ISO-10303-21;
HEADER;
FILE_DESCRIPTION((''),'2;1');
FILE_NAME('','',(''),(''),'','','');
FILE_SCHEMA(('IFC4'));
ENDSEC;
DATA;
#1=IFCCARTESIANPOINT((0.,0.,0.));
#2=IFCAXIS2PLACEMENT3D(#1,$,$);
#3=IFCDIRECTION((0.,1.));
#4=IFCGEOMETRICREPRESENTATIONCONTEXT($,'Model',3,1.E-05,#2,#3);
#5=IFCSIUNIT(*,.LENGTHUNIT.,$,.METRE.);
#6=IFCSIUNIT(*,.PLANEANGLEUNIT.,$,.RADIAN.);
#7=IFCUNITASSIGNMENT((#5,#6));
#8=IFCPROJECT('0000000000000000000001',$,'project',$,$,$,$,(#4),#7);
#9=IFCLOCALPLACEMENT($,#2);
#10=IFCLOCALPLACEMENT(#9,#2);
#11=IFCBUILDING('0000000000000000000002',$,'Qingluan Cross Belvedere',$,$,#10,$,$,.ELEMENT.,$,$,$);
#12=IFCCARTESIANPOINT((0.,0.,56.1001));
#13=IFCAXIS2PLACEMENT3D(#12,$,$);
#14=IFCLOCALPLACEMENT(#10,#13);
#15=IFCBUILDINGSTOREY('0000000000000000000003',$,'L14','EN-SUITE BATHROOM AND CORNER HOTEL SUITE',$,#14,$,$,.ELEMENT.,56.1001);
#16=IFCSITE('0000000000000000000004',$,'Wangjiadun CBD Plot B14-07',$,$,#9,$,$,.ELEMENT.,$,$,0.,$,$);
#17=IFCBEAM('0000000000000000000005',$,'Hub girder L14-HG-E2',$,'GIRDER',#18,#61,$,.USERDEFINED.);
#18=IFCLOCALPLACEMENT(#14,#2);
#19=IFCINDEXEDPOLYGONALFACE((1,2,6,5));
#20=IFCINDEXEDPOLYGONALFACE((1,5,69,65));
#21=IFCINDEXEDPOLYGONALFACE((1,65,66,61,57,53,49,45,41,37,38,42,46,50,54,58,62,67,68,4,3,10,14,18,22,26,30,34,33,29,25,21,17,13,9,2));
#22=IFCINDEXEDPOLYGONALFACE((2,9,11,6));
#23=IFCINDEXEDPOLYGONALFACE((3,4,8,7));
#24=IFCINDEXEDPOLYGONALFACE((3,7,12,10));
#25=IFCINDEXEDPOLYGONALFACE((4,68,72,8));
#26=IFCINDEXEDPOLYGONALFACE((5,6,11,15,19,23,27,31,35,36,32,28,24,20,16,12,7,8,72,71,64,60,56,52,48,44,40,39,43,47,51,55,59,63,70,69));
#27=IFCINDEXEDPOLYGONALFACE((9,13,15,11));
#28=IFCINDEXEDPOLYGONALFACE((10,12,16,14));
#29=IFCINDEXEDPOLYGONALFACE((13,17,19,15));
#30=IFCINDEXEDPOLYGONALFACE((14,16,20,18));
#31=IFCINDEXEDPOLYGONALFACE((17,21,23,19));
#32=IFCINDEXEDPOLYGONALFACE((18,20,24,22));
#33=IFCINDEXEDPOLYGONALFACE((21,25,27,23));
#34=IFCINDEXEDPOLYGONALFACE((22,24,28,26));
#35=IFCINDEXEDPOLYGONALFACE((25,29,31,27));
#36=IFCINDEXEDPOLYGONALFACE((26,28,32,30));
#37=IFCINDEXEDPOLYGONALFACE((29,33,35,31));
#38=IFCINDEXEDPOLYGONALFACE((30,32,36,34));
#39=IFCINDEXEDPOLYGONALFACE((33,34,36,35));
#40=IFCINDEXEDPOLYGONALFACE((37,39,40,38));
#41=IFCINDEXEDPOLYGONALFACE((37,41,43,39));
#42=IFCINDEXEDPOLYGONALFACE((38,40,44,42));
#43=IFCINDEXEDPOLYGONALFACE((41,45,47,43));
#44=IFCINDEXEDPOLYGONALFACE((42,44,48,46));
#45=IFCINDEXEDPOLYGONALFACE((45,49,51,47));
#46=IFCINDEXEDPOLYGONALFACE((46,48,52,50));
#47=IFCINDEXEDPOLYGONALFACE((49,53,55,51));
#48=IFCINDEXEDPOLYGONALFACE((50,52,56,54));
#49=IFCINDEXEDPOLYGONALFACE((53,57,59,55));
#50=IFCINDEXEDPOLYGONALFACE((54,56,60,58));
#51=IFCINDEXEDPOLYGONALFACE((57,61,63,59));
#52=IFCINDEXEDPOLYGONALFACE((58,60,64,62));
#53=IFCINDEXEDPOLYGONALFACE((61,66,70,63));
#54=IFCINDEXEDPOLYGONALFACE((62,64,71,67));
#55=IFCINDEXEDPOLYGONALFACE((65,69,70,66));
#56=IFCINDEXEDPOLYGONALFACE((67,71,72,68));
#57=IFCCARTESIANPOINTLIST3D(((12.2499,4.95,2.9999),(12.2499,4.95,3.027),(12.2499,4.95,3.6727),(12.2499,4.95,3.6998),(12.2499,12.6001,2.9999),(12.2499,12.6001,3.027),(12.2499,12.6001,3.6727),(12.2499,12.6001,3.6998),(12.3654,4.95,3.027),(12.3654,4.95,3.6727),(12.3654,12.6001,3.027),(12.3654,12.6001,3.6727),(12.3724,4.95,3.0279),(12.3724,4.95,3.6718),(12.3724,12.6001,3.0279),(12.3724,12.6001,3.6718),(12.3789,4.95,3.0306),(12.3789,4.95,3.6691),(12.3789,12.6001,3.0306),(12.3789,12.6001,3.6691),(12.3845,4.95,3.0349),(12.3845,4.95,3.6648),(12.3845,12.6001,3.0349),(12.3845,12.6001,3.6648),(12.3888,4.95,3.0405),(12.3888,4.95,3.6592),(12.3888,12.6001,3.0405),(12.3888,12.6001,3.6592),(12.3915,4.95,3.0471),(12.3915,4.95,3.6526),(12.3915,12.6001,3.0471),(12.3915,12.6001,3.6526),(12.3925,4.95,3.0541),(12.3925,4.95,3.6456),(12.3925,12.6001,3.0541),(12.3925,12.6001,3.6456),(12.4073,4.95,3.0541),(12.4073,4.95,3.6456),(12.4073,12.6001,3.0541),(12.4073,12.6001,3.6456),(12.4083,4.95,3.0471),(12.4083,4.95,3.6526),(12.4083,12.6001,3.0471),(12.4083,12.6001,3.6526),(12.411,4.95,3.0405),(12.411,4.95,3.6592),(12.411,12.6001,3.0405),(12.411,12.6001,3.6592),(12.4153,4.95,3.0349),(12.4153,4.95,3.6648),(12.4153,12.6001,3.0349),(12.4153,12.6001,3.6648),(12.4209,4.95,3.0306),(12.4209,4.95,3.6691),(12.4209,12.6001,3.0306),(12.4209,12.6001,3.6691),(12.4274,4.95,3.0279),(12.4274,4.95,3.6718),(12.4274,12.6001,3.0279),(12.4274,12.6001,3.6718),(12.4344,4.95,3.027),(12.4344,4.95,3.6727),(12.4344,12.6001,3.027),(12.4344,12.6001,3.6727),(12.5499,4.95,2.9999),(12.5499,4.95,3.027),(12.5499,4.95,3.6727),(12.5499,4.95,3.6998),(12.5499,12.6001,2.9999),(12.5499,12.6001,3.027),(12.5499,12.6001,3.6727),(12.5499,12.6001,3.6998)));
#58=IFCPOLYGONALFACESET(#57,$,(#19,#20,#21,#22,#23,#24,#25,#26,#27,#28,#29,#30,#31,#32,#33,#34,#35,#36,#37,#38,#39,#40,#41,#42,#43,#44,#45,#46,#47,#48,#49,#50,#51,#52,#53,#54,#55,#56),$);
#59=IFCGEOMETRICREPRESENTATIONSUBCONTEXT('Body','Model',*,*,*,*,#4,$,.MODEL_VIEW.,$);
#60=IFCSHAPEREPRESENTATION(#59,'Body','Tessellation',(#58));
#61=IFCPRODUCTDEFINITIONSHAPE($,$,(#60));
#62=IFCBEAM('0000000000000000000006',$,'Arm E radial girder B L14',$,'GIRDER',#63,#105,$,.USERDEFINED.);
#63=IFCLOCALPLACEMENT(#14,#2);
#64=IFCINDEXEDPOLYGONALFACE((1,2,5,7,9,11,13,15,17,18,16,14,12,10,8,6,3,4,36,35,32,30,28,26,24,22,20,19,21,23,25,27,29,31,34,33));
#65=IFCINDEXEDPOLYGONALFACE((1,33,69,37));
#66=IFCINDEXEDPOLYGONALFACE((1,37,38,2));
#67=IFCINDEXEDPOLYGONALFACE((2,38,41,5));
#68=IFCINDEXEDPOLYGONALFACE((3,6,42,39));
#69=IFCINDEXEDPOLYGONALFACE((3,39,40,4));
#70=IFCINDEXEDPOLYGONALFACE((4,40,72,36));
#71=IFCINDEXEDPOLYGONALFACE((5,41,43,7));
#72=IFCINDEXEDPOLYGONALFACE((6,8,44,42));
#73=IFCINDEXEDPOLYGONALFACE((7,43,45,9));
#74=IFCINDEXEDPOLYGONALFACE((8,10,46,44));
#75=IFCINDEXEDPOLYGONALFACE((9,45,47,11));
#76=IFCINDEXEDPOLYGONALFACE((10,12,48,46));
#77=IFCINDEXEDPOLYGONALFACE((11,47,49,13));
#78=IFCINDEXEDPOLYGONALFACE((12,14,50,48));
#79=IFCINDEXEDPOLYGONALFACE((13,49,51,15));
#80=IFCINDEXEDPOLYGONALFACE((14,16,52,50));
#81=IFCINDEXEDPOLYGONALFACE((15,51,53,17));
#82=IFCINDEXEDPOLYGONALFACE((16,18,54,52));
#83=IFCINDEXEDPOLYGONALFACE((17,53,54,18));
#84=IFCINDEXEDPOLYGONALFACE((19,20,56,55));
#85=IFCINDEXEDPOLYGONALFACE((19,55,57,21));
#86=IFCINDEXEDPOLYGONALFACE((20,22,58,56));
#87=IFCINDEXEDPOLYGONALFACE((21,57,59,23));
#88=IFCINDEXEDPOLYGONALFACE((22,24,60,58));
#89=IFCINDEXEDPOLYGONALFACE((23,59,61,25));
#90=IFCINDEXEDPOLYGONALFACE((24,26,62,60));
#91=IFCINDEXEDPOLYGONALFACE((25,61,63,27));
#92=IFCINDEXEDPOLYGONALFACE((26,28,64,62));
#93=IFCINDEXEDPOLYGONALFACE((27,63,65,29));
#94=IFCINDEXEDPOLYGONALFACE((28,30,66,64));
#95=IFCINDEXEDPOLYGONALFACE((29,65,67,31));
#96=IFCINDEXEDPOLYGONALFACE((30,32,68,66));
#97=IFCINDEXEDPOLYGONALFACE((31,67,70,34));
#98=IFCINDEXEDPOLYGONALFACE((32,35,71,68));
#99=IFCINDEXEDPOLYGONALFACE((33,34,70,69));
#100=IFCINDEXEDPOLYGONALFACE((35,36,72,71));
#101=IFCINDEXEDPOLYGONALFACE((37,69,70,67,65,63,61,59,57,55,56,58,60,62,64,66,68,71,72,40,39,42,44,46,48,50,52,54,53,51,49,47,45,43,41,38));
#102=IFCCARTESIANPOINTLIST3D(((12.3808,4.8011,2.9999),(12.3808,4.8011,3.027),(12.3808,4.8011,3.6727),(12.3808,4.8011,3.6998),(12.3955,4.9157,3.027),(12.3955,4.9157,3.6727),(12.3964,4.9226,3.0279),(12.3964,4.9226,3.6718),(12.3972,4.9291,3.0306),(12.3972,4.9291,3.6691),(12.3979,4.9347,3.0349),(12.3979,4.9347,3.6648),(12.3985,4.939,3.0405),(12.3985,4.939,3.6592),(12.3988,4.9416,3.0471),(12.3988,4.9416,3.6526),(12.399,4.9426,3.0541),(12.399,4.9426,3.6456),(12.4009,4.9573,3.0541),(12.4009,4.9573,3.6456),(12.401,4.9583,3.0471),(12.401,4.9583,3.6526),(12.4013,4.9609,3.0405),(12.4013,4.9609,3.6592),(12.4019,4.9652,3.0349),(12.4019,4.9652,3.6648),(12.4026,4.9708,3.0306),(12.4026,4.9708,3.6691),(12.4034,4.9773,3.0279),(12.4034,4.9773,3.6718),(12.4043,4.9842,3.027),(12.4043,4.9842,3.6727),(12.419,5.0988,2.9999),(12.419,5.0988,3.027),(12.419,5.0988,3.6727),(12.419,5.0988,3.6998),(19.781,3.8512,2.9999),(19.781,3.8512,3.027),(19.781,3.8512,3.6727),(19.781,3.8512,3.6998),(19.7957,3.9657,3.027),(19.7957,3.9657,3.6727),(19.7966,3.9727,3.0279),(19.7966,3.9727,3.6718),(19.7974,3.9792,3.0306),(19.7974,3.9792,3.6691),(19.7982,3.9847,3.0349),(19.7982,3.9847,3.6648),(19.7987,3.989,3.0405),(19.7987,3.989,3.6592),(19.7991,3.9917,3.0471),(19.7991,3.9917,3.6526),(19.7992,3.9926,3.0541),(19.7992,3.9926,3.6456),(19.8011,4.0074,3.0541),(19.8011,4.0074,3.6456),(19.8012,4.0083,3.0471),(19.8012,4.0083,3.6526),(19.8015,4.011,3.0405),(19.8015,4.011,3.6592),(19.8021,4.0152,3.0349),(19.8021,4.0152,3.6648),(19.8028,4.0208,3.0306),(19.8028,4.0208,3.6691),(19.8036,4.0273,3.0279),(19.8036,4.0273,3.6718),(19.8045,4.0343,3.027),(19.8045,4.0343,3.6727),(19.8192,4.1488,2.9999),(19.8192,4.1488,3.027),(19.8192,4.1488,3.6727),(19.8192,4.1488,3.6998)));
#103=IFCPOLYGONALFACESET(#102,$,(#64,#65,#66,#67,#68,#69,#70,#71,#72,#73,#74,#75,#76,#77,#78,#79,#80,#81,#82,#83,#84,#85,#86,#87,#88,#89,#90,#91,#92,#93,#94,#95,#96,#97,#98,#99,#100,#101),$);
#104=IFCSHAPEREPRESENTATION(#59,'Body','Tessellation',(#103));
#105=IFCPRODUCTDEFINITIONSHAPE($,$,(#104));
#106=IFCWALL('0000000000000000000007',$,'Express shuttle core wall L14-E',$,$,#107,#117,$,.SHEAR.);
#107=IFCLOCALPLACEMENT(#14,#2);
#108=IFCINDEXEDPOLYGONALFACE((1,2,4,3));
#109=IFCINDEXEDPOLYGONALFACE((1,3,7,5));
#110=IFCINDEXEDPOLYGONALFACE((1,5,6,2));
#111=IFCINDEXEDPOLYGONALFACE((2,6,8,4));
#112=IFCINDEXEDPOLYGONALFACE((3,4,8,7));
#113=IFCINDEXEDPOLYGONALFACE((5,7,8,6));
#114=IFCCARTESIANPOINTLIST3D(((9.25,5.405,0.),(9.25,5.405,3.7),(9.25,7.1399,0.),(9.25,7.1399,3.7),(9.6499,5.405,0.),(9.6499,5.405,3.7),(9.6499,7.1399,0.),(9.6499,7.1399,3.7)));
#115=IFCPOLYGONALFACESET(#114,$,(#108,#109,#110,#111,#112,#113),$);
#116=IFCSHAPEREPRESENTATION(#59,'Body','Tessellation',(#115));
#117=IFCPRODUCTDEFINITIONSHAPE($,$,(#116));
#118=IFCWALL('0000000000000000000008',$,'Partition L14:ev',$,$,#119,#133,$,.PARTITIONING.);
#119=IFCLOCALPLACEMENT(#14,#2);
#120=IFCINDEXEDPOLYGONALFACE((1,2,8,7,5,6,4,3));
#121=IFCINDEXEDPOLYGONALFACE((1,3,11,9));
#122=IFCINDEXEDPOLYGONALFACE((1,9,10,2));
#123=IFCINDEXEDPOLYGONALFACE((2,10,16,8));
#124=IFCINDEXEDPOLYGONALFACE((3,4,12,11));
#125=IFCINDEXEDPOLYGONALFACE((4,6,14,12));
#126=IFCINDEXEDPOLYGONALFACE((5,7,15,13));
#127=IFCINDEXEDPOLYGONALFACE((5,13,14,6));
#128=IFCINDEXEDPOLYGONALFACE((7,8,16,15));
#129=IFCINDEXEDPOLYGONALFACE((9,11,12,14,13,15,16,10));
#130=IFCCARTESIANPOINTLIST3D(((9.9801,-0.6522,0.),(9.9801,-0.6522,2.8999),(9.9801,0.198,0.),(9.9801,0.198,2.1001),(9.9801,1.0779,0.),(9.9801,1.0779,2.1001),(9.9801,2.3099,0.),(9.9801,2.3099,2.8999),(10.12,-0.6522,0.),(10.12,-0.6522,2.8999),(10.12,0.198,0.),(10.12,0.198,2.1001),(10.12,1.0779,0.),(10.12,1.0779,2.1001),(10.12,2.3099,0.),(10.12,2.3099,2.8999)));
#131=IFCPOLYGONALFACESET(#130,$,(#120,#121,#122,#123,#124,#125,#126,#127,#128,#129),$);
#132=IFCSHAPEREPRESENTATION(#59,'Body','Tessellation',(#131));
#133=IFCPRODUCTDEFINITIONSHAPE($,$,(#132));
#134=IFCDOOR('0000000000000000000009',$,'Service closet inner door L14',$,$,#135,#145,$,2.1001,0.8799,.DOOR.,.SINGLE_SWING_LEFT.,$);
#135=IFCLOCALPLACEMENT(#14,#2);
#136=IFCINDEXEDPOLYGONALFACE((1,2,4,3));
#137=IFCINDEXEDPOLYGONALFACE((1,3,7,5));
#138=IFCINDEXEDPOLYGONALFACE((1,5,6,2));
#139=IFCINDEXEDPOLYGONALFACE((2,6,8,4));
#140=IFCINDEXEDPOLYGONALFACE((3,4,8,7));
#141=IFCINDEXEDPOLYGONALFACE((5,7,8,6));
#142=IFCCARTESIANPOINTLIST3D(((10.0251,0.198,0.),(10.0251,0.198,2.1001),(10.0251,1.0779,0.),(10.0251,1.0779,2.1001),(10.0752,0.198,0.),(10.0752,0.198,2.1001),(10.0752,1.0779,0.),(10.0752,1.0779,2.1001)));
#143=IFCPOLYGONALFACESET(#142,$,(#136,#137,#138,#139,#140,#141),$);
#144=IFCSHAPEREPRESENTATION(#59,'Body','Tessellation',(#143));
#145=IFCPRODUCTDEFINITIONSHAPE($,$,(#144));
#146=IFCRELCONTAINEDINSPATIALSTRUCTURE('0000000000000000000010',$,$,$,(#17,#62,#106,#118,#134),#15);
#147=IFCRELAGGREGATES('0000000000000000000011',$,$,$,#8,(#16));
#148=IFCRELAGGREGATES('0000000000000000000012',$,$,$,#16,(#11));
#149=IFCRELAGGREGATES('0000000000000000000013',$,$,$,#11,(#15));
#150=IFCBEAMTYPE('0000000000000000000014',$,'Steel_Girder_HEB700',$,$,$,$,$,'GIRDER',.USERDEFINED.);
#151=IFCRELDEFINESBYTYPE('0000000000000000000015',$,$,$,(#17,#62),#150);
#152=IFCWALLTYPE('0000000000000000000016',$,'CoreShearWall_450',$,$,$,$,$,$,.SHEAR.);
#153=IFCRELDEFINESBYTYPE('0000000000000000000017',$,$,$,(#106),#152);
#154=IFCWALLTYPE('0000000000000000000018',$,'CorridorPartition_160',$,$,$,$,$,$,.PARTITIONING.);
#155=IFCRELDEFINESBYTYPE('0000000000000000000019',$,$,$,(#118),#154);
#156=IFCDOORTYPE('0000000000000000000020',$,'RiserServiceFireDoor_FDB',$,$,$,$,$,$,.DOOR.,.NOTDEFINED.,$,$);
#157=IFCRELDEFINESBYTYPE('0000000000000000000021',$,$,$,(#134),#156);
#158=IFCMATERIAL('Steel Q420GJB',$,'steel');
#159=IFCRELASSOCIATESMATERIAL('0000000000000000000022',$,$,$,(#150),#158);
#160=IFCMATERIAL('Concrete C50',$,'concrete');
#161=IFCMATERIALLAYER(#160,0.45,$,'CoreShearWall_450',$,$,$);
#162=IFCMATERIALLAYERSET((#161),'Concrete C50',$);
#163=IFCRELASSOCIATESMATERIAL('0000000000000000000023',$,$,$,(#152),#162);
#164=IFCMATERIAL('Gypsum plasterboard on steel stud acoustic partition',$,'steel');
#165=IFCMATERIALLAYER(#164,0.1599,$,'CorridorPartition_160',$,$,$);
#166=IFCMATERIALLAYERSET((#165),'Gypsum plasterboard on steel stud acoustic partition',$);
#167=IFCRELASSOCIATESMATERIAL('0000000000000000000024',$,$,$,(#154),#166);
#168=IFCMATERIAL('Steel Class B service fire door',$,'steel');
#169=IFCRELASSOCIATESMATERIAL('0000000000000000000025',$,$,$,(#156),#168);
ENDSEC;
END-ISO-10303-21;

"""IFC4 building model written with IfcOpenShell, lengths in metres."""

from ifc_helpers import new_model, si_unit, direction, frame, frame_2d, origin, origin_2d, place, context, subcontext, project, spatial, rectangle, i_section, extrude, material, layer, layer_set, material_profile, profile_set, type_object, element, fill, save


model = new_model("IFC4")

# Units and contexts
model_context = context("Model", 3, precision=1e-05, world=origin(), true_north=direction((0.0, 1.0)))
body_context = subcontext(model_context, "Body", "Model", "MODEL_VIEW")
ifc_project = project(units=[si_unit("LENGTHUNIT", "METRE"), si_unit("PLANEANGLEUNIT", "RADIAN")], contexts=[model_context])

# Site, building, storey
site_placement = place(None, origin())
site = spatial("IfcSite", under=ifc_project, at=site_placement, Name="Wangjiadun CBD Plot B14-07", CompositionType="ELEMENT", RefElevation=0.0)
building_placement = place(site_placement, origin())
building = spatial("IfcBuilding", under=site, at=building_placement, Name="Qingluan Cross Belvedere", CompositionType="ELEMENT")
storey_placement = place(building_placement, frame((0.0, 0.0, 56.1001)))
storey = spatial("IfcBuildingStorey", under=building, at=storey_placement, Name="L14", Description="EN-SUITE BATHROOM AND CORNER HOTEL SUITE", CompositionType="ELEMENT", Elevation=56.1001)

# Beams
ifc_material_1 = material(Name="Steel Q420GJB", Category="steel")
ifc_material_profile = material_profile(ifc_material_1, i_section(OverallWidth=0.3, OverallDepth=0.7, WebThickness=0.0149, FlangeThickness=0.0271, FilletRadius=0.0271, at=origin_2d()), Name="HEB700")
ifc_profile_set = profile_set([ifc_material_profile], Name="Steel Q420GJB")
beam_type = type_object("IfcBeamType", Name="Steel_Girder_HEB700", ElementType="GIRDER", PredefinedType="USERDEFINED", material=ifc_profile_set)
beam_1_placement = place(storey_placement, frame((12.3999, 4.95, 3.3499), z_axis=(0.0, 1.0, 0.0), x_axis=(-1.0, 0.0, 0.0)))
element("IfcBeam", 1, at=beam_1_placement, inside=storey, type_object=beam_type, Name="Hub girder L14-HG-E2", ObjectType="GIRDER", PredefinedType="USERDEFINED", context=body_context, shape_type="SweptSolid", body=[
    extrude(i_section(OverallWidth=0.3, OverallDepth=0.7, WebThickness=0.0149, FlangeThickness=0.0271, FilletRadius=0.0271, at=origin_2d()), origin(), (0.0, 0.0, 1.0), 7.6501),
])
beam_2_placement = place(storey_placement, frame((12.3999, 4.95, 3.3499), z_axis=(0.991861, -0.127324, 0.0), x_axis=(0.127324, 0.991861, 0.0)))
element("IfcBeam", 2, at=beam_2_placement, inside=storey, type_object=beam_type, Name="Arm E radial girder B L14", ObjectType="GIRDER", PredefinedType="USERDEFINED", context=body_context, shape_type="SweptSolid", body=[
    extrude(i_section(OverallWidth=0.3, OverallDepth=0.7, WebThickness=0.0149, FlangeThickness=0.0271, FilletRadius=0.0271, at=origin_2d()), origin(), (0.0, 0.0, 1.0), 7.4609),
])

# Wall
ifc_material_2 = material(Name="Concrete C50", Category="concrete")
ifc_layer_1 = layer(ifc_material_2, 0.45, Name="CoreShearWall_450")
ifc_layer_set_1 = layer_set([ifc_layer_1], Name="Concrete C50")
wall_type_1 = type_object("IfcWallType", Name="CoreShearWall_450", PredefinedType="SHEAR", material=ifc_layer_set_1)
wall_1_placement = place(storey_placement, frame((9.45, 5.405, 0.0), z_axis=(0.0, 0.0, 1.0), x_axis=(0.0, 1.0, 0.0)))
element("IfcWall", 3, at=wall_1_placement, inside=storey, type_object=wall_type_1, Name="Express shuttle core wall L14-E", PredefinedType="SHEAR", context=body_context, shape_type="SweptSolid", body=[
    extrude(rectangle(XDim=1.7349, YDim=0.3999, at=frame_2d((0.8674, 0.0))), origin(), (0.0, 0.0, 1.0), 3.7),
])

# Wall, opening, door
ifc_material_3 = material(Name="Gypsum plasterboard on steel stud acoustic partition", Category="steel")
ifc_layer_2 = layer(ifc_material_3, 0.1599, Name="CorridorPartition_160")
ifc_layer_set_2 = layer_set([ifc_layer_2], Name="Gypsum plasterboard on steel stud acoustic partition")
wall_type_2 = type_object("IfcWallType", Name="CorridorPartition_160", PredefinedType="PARTITIONING", material=ifc_layer_set_2)
wall_2_placement = place(storey_placement, frame((10.05, -0.6521, 0.0), z_axis=(0.0, 0.0, 1.0), x_axis=(0.0, 1.0, 0.0)))
wall_2 = element("IfcWall", 4, at=wall_2_placement, inside=storey, type_object=wall_type_2, Name="Partition L14:ev", PredefinedType="PARTITIONING", context=body_context, shape_type="SweptSolid", body=[
    extrude(rectangle(XDim=2.9622, YDim=0.1399, at=frame_2d((1.481, 0.0))), origin(), (0.0, 0.0, 1.0), 2.8999),
])
opening_1_placement = place(wall_2_placement, frame((0.8501, 0.0, 0.0)))
opening_1 = element("IfcOpeningElement", 5, at=opening_1_placement, cuts=wall_2, PredefinedType="OPENING", context=body_context, shape_type="SweptSolid", body=[
    extrude(rectangle(XDim=0.8799, YDim=2.1001, at=frame_2d((0.4399, 1.05))), frame((0.0, 0.0798, 0.0), z_axis=(0.0, -1.0, 0.0), x_axis=(1.0, 0.0, 0.0)), (0.0, 0.0, 1.0), 0.1599),
])
ifc_material_4 = material(Name="Steel Class B service fire door", Category="steel")
door_type_1 = type_object("IfcDoorType", Name="RiserServiceFireDoor_FDB", OperationType="NOTDEFINED", PredefinedType="DOOR", material=ifc_material_4)
door_1_placement = place(opening_1_placement, origin())
door_1 = element("IfcDoor", 6, at=door_1_placement, inside=storey, type_object=door_type_1, Name="Service closet inner door L14", OperationType="SINGLE_SWING_LEFT", OverallHeight=2.1001, OverallWidth=0.8799, PredefinedType="DOOR", context=body_context, shape_type="SweptSolid", body=[
    extrude(rectangle(XDim=0.8799, YDim=2.1001, at=frame_2d((0.4399, 1.05))), frame((0.0, 0.0249, 0.0), z_axis=(0.0, -1.0, 0.0), x_axis=(1.0, 0.0, 0.0)), (0.0, 0.0, 1.0), 0.05),
])
fill(opening_1, door_1)

save(model, "model.ifc")
